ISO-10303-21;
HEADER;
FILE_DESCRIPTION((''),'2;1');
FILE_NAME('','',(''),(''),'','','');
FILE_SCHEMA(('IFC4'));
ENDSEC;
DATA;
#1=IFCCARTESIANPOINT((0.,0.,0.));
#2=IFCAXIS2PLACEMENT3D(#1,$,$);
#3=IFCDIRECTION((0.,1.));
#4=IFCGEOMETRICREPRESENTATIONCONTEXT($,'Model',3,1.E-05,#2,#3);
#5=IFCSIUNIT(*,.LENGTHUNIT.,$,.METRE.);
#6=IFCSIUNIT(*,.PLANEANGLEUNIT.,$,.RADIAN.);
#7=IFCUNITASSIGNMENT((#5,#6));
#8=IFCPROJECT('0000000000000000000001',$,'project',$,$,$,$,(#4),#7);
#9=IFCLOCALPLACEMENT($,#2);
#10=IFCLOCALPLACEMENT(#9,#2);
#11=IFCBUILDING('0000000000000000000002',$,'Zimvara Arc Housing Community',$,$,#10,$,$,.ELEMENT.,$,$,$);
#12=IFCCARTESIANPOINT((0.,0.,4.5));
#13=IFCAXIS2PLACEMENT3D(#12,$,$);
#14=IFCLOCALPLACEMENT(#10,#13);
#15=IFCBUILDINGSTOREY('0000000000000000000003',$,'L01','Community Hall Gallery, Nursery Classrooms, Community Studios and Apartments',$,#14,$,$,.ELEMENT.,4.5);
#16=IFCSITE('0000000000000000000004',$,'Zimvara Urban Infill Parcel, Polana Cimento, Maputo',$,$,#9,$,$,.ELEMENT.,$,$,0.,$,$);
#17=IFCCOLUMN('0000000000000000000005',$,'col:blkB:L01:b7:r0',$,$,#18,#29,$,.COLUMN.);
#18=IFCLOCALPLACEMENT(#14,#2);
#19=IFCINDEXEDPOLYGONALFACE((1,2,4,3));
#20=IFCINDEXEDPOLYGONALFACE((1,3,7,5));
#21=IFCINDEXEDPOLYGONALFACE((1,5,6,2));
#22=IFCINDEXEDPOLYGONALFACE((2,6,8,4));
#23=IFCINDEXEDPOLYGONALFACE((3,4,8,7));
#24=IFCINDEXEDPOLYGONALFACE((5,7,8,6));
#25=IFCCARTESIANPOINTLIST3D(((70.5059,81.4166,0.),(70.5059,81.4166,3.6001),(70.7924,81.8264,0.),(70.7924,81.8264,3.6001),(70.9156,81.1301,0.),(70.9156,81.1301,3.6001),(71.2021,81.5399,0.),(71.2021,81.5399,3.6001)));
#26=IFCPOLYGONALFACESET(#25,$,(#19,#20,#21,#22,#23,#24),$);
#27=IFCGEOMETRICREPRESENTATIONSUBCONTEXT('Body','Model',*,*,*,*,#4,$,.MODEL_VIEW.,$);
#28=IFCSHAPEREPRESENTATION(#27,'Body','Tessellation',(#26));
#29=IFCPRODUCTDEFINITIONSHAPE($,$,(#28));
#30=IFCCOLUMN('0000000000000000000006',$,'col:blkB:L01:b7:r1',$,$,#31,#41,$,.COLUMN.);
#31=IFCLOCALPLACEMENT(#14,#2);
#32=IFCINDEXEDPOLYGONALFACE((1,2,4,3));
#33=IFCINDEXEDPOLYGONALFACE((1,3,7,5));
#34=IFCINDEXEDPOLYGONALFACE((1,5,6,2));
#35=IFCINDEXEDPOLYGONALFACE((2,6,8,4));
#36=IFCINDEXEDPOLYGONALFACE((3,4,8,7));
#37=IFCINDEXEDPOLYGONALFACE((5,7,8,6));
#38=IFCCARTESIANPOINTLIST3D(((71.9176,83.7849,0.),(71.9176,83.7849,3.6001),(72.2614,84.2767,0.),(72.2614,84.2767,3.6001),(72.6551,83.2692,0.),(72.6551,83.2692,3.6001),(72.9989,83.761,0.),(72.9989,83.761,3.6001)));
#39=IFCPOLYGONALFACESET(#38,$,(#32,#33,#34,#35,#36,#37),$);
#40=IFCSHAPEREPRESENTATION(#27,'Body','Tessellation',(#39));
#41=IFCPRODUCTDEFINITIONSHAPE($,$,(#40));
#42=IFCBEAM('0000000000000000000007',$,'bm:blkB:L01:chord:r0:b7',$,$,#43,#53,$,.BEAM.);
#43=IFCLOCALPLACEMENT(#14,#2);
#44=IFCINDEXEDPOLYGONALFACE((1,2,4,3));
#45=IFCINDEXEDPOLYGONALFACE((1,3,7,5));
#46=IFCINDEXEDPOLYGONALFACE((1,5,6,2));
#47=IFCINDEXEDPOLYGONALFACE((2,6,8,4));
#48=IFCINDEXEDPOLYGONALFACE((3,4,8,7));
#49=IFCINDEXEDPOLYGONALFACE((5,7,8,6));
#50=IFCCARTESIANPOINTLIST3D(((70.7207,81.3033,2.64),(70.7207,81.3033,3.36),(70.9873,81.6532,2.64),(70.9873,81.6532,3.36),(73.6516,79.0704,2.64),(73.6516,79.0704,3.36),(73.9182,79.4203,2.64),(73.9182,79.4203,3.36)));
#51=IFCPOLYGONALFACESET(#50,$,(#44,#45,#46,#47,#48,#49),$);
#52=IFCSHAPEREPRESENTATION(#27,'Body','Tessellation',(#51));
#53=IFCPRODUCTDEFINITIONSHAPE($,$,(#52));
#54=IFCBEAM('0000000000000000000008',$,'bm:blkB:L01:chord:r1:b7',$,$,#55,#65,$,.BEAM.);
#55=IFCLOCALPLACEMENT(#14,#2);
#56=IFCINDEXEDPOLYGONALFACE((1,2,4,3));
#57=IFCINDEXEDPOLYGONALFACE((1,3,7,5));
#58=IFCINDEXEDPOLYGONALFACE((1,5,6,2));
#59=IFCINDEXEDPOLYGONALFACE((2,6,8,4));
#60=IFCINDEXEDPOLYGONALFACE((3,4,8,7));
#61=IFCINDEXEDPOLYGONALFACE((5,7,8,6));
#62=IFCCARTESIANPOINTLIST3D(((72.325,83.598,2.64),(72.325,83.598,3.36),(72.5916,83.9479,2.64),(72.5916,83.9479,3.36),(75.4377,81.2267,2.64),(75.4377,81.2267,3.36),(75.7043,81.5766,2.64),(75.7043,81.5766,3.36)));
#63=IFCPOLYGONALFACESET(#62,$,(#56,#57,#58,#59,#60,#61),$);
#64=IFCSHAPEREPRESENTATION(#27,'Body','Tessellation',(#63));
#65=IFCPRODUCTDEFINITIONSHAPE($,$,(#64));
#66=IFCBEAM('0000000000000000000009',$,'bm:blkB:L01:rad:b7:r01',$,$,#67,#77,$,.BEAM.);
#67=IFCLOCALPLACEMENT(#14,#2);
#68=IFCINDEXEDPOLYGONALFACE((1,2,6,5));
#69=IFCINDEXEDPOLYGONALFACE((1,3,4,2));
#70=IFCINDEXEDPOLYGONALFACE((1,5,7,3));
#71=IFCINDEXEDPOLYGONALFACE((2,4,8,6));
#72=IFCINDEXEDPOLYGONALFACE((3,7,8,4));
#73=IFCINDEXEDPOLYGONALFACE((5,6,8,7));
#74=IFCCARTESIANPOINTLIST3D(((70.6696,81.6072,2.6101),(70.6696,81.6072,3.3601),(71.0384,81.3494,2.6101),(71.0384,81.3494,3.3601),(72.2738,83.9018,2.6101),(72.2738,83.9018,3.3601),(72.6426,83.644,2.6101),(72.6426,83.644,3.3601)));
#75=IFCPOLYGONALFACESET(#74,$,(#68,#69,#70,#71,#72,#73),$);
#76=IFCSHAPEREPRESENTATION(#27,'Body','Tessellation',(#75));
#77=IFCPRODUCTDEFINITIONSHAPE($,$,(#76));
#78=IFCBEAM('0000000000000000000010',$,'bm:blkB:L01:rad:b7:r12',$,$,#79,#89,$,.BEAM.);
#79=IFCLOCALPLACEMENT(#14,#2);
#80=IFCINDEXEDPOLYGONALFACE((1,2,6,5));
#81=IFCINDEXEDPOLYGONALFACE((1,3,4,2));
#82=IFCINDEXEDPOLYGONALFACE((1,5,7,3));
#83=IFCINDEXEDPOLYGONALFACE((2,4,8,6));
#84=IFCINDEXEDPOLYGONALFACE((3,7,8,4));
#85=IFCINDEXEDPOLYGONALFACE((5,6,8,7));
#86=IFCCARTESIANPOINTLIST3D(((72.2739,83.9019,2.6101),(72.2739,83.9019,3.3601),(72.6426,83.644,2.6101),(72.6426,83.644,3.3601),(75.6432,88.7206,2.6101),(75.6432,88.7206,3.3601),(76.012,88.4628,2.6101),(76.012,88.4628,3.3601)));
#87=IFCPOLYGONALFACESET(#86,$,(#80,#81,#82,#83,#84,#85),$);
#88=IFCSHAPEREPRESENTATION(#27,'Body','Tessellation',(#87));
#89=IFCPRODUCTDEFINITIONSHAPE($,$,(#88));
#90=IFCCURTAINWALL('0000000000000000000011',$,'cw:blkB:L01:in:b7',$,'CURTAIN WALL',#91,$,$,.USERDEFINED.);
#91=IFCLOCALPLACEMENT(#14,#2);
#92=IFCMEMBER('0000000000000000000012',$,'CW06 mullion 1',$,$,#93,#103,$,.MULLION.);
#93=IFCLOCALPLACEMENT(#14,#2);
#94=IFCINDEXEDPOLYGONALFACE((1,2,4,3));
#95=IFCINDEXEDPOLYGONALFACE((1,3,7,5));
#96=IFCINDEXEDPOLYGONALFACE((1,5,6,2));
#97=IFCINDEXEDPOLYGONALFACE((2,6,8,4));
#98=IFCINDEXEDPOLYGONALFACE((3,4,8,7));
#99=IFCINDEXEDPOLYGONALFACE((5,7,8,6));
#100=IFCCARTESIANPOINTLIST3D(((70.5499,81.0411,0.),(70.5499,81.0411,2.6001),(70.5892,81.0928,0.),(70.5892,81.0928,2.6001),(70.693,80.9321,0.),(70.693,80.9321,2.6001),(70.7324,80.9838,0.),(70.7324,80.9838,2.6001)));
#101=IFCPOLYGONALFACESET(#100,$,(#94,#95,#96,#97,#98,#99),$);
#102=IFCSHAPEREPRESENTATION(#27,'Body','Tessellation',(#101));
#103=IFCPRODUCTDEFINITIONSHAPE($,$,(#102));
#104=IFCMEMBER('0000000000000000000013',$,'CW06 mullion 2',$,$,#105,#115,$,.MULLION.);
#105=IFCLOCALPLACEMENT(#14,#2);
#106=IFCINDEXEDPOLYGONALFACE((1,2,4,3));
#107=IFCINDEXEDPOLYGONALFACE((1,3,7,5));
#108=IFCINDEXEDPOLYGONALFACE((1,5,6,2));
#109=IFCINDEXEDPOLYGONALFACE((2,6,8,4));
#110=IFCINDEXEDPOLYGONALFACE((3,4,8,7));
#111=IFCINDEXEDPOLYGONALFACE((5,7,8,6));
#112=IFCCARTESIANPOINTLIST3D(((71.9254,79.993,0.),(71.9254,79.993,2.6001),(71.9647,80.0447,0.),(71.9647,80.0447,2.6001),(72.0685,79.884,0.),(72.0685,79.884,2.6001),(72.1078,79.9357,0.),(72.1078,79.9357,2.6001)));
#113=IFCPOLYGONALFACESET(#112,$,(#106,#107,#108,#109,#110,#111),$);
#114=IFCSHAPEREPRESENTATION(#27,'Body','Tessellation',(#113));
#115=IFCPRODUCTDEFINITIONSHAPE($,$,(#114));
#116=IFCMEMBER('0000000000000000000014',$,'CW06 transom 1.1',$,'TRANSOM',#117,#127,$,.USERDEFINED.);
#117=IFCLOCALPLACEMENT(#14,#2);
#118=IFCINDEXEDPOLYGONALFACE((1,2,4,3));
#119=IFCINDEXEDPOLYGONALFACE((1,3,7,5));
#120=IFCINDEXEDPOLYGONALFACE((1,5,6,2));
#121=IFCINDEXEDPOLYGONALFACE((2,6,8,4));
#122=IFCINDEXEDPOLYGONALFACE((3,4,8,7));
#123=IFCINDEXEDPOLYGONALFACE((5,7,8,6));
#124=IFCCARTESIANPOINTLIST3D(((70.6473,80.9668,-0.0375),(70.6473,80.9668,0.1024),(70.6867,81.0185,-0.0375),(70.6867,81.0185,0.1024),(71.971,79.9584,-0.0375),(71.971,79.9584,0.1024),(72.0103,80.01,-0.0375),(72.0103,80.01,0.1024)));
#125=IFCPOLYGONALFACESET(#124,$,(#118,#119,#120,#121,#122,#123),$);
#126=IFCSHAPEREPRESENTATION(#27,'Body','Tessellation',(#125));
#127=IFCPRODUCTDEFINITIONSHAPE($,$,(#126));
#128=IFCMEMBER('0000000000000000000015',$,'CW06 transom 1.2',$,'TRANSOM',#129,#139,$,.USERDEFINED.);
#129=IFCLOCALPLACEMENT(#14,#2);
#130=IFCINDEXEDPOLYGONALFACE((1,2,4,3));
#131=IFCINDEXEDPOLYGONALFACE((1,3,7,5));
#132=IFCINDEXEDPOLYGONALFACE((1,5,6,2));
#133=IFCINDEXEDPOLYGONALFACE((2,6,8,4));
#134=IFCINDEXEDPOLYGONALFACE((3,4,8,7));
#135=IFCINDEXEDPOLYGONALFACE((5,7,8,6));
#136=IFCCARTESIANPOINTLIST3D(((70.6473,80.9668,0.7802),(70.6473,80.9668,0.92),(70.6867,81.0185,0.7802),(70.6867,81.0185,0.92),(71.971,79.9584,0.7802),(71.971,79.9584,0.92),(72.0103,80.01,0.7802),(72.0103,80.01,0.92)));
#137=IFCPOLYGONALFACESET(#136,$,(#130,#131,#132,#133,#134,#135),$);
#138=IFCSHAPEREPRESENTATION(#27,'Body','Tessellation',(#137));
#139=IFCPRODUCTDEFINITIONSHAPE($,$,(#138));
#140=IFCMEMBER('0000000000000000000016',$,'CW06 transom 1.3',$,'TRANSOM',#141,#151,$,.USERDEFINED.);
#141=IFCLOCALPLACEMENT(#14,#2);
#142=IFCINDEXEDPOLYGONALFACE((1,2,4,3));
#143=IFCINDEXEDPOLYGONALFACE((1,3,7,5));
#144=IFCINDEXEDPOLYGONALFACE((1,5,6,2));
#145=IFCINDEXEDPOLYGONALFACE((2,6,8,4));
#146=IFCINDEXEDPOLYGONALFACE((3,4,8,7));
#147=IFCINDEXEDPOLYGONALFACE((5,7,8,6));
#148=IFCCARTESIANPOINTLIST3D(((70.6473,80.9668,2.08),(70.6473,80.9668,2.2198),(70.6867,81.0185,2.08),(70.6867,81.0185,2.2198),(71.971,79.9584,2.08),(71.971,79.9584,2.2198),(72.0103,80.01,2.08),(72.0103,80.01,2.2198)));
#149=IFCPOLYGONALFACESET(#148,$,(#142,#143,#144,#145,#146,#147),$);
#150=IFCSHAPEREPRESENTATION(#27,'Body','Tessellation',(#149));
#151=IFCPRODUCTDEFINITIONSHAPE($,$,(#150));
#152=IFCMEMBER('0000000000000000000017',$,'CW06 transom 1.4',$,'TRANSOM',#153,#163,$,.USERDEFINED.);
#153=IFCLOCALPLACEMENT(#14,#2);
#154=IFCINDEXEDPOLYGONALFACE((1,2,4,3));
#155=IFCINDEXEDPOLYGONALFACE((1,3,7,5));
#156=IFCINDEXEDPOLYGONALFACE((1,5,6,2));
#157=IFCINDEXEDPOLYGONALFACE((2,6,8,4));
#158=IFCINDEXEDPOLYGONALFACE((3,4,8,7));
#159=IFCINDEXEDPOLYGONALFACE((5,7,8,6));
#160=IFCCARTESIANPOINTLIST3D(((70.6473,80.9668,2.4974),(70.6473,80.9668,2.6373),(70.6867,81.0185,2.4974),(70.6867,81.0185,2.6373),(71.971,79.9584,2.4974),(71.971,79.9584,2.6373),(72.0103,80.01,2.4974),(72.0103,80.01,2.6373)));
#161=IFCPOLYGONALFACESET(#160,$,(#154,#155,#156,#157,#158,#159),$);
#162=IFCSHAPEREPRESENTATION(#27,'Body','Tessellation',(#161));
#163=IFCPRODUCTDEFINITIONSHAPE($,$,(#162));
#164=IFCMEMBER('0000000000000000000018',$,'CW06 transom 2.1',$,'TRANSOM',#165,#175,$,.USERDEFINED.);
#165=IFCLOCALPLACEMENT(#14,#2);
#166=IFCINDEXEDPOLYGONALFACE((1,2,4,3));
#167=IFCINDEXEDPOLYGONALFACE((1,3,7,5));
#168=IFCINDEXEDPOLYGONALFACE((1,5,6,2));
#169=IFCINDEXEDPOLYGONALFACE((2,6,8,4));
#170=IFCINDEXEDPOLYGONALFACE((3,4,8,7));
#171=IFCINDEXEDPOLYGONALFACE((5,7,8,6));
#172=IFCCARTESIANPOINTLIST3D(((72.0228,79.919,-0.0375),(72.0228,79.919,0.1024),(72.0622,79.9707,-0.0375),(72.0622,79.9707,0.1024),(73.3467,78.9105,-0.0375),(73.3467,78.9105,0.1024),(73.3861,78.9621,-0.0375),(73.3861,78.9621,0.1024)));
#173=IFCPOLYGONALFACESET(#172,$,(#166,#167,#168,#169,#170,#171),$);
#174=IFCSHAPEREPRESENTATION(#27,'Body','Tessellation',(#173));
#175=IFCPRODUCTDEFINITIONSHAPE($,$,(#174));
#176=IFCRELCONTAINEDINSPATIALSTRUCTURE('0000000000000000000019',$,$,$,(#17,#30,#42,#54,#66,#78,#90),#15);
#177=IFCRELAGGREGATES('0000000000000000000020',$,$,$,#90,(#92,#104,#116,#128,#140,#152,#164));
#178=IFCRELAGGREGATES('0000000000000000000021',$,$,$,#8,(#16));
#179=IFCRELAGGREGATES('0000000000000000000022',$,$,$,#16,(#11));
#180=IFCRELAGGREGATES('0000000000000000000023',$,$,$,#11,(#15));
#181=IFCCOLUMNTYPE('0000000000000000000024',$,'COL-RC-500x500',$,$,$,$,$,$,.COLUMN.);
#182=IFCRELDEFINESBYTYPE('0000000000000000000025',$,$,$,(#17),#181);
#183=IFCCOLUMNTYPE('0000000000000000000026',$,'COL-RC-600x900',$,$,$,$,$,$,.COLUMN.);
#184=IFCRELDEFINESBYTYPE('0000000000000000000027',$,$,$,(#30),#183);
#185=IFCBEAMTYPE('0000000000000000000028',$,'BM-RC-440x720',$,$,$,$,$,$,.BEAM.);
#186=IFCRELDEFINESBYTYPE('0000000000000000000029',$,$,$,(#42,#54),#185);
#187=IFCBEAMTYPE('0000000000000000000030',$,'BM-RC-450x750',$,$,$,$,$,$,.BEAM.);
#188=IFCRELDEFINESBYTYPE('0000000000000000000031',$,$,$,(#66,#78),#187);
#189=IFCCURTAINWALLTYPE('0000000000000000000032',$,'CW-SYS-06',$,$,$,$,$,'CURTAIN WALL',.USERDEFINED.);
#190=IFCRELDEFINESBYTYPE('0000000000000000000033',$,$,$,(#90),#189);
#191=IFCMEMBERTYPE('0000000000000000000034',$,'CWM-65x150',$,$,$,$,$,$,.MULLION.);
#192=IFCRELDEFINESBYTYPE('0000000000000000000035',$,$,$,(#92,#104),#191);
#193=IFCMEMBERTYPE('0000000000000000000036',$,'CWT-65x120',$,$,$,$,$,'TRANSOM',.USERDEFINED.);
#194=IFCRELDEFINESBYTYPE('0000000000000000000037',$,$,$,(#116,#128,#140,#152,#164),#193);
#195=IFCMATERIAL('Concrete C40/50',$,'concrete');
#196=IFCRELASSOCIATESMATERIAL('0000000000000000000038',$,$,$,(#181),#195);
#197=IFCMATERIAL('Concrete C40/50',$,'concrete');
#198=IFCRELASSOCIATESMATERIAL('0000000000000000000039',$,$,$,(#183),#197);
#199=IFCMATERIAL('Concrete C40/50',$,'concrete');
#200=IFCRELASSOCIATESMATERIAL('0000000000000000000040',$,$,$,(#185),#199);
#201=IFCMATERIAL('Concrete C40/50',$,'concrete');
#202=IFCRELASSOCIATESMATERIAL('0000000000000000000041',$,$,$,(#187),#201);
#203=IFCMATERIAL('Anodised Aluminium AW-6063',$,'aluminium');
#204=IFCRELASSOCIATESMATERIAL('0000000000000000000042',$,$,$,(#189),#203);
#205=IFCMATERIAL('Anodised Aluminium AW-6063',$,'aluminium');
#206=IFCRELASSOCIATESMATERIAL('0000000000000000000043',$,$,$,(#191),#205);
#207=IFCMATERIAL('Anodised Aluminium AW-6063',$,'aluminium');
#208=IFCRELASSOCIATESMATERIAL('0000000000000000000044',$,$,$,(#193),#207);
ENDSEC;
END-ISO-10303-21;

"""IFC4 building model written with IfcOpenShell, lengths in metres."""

from ifc_helpers import new_model, si_unit, direction, frame, origin, origin_2d, place, context, subcontext, project, spatial, rectangle, extrude, material, material_profile, profile_set, type_object, element, aggregate, save


model = new_model("IFC4")

# Units and contexts
model_context = context("Model", 3, precision=1e-05, world=origin(), true_north=direction((0.0, 1.0)))
body_context = subcontext(model_context, "Body", "Model", "MODEL_VIEW")
ifc_project = project(units=[si_unit("LENGTHUNIT", "METRE"), si_unit("PLANEANGLEUNIT", "RADIAN")], contexts=[model_context])

# Site, building, storey
site_placement = place(None, origin())
site = spatial("IfcSite", under=ifc_project, at=site_placement, Name="Zimvara Urban Infill Parcel, Polana Cimento, Maputo", CompositionType="ELEMENT", RefElevation=0.0)
building_placement = place(site_placement, origin())
building = spatial("IfcBuilding", under=site, at=building_placement, Name="Zimvara Arc Housing Community", CompositionType="ELEMENT")
storey_placement = place(building_placement, frame((0.0, 0.0, 4.5)))
storey = spatial("IfcBuildingStorey", under=building, at=storey_placement, Name="L01", Description="Community Hall Gallery, Nursery Classrooms, Community Studios and Apartments", CompositionType="ELEMENT", Elevation=4.5)

# Columns
ifc_material_1 = material(Name="Concrete C40/50", Category="concrete")
ifc_material_profile_1 = material_profile(ifc_material_1, rectangle(XDim=0.5, YDim=0.5, at=origin_2d()), Name="RC 500x500")
ifc_profile_set_1 = profile_set([ifc_material_profile_1], Name="Concrete C40/50")
column_type_1 = type_object("IfcColumnType", Name="COL-RC-500x500", PredefinedType="COLUMN", material=ifc_profile_set_1)
column_1_placement = place(storey_placement, frame((70.854, 81.4783, 0.0), z_axis=(0.0, 0.0, 1.0), x_axis=(0.573004, 0.819552, 0.0)))
element("IfcColumn", 1, at=column_1_placement, inside=storey, type_object=column_type_1, Name="col:blkB:L01:b7:r0", PredefinedType="COLUMN", context=body_context, shape_type="SweptSolid", body=[
    extrude(rectangle(XDim=0.5, YDim=0.5, at=origin_2d()), origin(), (0.0, 0.0, 1.0), 3.6001),
])
ifc_material_2 = material(Name="Concrete C40/50", Category="concrete")
ifc_material_profile_2 = material_profile(ifc_material_2, rectangle(XDim=0.6001, YDim=0.8999, at=origin_2d()), Name="RC 600x900")
ifc_profile_set_2 = profile_set([ifc_material_profile_2], Name="Concrete C40/50")
column_type_2 = type_object("IfcColumnType", Name="COL-RC-600x900", PredefinedType="COLUMN", material=ifc_profile_set_2)
column_2_placement = place(storey_placement, frame((72.4583, 83.7729, 0.0), z_axis=(0.0, 0.0, 1.0), x_axis=(0.573004, 0.819552, 0.0)))
element("IfcColumn", 2, at=column_2_placement, inside=storey, type_object=column_type_2, Name="col:blkB:L01:b7:r1", PredefinedType="COLUMN", context=body_context, shape_type="SweptSolid", body=[
    extrude(rectangle(XDim=0.6001, YDim=0.8999, at=origin_2d()), origin(), (0.0, 0.0, 1.0), 3.6001),
])

# Beams
ifc_material_3 = material(Name="Concrete C40/50", Category="concrete")
ifc_material_profile_3 = material_profile(ifc_material_3, rectangle(XDim=0.4399, YDim=0.72, at=origin_2d()), Name="RC 440x720")
ifc_profile_set_3 = profile_set([ifc_material_profile_3], Name="Concrete C40/50")
beam_type_1 = type_object("IfcBeamType", Name="BM-RC-440x720", PredefinedType="BEAM", material=ifc_profile_set_3)
beam_1_placement = place(storey_placement, frame((70.854, 81.4783, 3.0), z_axis=(0.795453, -0.606015, 0.0), x_axis=(0.606015, 0.795453, 0.0)))
element("IfcBeam", 3, at=beam_1_placement, inside=storey, type_object=beam_type_1, Name="bm:blkB:L01:chord:r0:b7", PredefinedType="BEAM", context=body_context, shape_type="SweptSolid", body=[
    extrude(rectangle(XDim=0.4399, YDim=0.72, at=origin_2d()), origin(), (0.0, 0.0, 1.0), 3.6846),
])
beam_2_placement = place(storey_placement, frame((72.4583, 83.7729, 3.0), z_axis=(0.79547, -0.605992, 0.0), x_axis=(0.605992, 0.79547, 0.0)))
element("IfcBeam", 4, at=beam_2_placement, inside=storey, type_object=beam_type_1, Name="bm:blkB:L01:chord:r1:b7", PredefinedType="BEAM", context=body_context, shape_type="SweptSolid", body=[
    extrude(rectangle(XDim=0.4399, YDim=0.72, at=origin_2d()), origin(), (0.0, 0.0, 1.0), 3.9131),
])
ifc_material_4 = material(Name="Concrete C40/50", Category="concrete")
ifc_material_profile_4 = material_profile(ifc_material_4, rectangle(XDim=0.45, YDim=0.75, at=origin_2d()), Name="RC 450x750")
ifc_profile_set_4 = profile_set([ifc_material_profile_4], Name="Concrete C40/50")
beam_type_2 = type_object("IfcBeamType", Name="BM-RC-450x750", PredefinedType="BEAM", material=ifc_profile_set_4)
beam_3_placement = place(storey_placement, frame((70.854, 81.4783, 2.9851), z_axis=(0.572977, 0.819572, 0.0), x_axis=(-0.819572, 0.572977, 0.0)))
element("IfcBeam", 5, at=beam_3_placement, inside=storey, type_object=beam_type_2, Name="bm:blkB:L01:rad:b7:r01", PredefinedType="BEAM", context=body_context, shape_type="SweptSolid", body=[
    extrude(rectangle(XDim=0.45, YDim=0.75, at=origin_2d()), origin(), (0.0, 0.0, 1.0), 2.7998),
])
beam_4_placement = place(storey_placement, frame((72.4583, 83.7729, 2.9851), z_axis=(0.573028, 0.819536, 0.0), x_axis=(-0.819536, 0.573028, 0.0)))
element("IfcBeam", 6, at=beam_4_placement, inside=storey, type_object=beam_type_2, Name="bm:blkB:L01:rad:b7:r12", PredefinedType="BEAM", context=body_context, shape_type="SweptSolid", body=[
    extrude(rectangle(XDim=0.45, YDim=0.75, at=origin_2d()), origin(), (0.0, 0.0, 1.0), 5.8799),
])

# Curtain wall, members
ifc_material_5 = material(Name="Anodised Aluminium AW-6063", Category="aluminium")
curtain_wall_type = type_object("IfcCurtainWallType", Name="CW-SYS-06", ElementType="CURTAIN WALL", PredefinedType="USERDEFINED", material=ifc_material_5)
curtain_wall_placement = place(storey_placement, origin())
curtain_wall = element("IfcCurtainWall", 7, at=curtain_wall_placement, inside=storey, type_object=curtain_wall_type, Name="cw:blkB:L01:in:b7", ObjectType="CURTAIN WALL", PredefinedType="USERDEFINED")
ifc_material_6 = material(Name="Anodised Aluminium AW-6063", Category="aluminium")
ifc_material_profile_5 = material_profile(ifc_material_6, rectangle(XDim=0.0649, YDim=0.1799, at=origin_2d()), Name="ALU 65x180")
ifc_profile_set_5 = profile_set([ifc_material_profile_5], Name="Anodised Aluminium AW-6063")
member_type_1 = type_object("IfcMemberType", Name="CWM-65x150", PredefinedType="MULLION", material=ifc_profile_set_5)
member_1_placement = place(storey_placement, frame((70.6411, 81.0125, 0.0), z_axis=(0.0, 0.0, 1.0), x_axis=(0.605988, 0.795474, 0.0)))
member_1 = element("IfcMember", 8, at=member_1_placement, type_object=member_type_1, Name="CW06 mullion 1", PredefinedType="MULLION", context=body_context, shape_type="SweptSolid", body=[
    extrude(rectangle(XDim=0.0649, YDim=0.1799, at=origin_2d()), origin(), (0.0, 0.0, 1.0), 2.6001),
])
member_2_placement = place(storey_placement, frame((72.0166, 79.9644, 0.0), z_axis=(0.0, 0.0, 1.0), x_axis=(0.605988, 0.795474, 0.0)))
member_2 = element("IfcMember", 9, at=member_2_placement, type_object=member_type_1, Name="CW06 mullion 2", PredefinedType="MULLION", context=body_context, shape_type="SweptSolid", body=[
    extrude(rectangle(XDim=0.0649, YDim=0.1799, at=origin_2d()), origin(), (0.0, 0.0, 1.0), 2.6001),
])
ifc_material_7 = material(Name="Anodised Aluminium AW-6063", Category="aluminium")
ifc_material_profile_6 = material_profile(ifc_material_7, rectangle(XDim=0.0649, YDim=0.1399, at=origin_2d()), Name="ALU 65x140")
ifc_profile_set_6 = profile_set([ifc_material_profile_6], Name="Anodised Aluminium AW-6063")
member_type_2 = type_object("IfcMemberType", Name="CWT-65x120", ElementType="TRANSOM", PredefinedType="USERDEFINED", material=ifc_profile_set_6)
member_3_placement = place(storey_placement, frame((70.667, 80.9927, 0.0325), z_axis=(0.795435, -0.606039, 0.0), x_axis=(0.606039, 0.795435, 0.0)))
member_3 = element("IfcMember", 10, at=member_3_placement, type_object=member_type_2, Name="CW06 transom 1.1", ObjectType="TRANSOM", PredefinedType="USERDEFINED", context=body_context, shape_type="SweptSolid", body=[
    extrude(rectangle(XDim=0.0649, YDim=0.1399, at=origin_2d()), origin(), (0.0, 0.0, 1.0), 1.6641),
])
member_4_placement = place(storey_placement, frame((70.667, 80.9927, 0.8501), z_axis=(0.795435, -0.606039, 0.0), x_axis=(0.606039, 0.795435, 0.0)))
member_4 = element("IfcMember", 11, at=member_4_placement, type_object=member_type_2, Name="CW06 transom 1.2", ObjectType="TRANSOM", PredefinedType="USERDEFINED", context=body_context, shape_type="SweptSolid", body=[
    extrude(rectangle(XDim=0.0649, YDim=0.1399, at=origin_2d()), origin(), (0.0, 0.0, 1.0), 1.6641),
])
member_5_placement = place(storey_placement, frame((70.667, 80.9927, 2.1499), z_axis=(0.795435, -0.606039, 0.0), x_axis=(0.606039, 0.795435, 0.0)))
member_5 = element("IfcMember", 12, at=member_5_placement, type_object=member_type_2, Name="CW06 transom 1.3", ObjectType="TRANSOM", PredefinedType="USERDEFINED", context=body_context, shape_type="SweptSolid", body=[
    extrude(rectangle(XDim=0.0649, YDim=0.1399, at=origin_2d()), origin(), (0.0, 0.0, 1.0), 1.6641),
])
member_6_placement = place(storey_placement, frame((70.667, 80.9927, 2.5674), z_axis=(0.795435, -0.606039, 0.0), x_axis=(0.606039, 0.795435, 0.0)))
member_6 = element("IfcMember", 13, at=member_6_placement, type_object=member_type_2, Name="CW06 transom 1.4", ObjectType="TRANSOM", PredefinedType="USERDEFINED", context=body_context, shape_type="SweptSolid", body=[
    extrude(rectangle(XDim=0.0649, YDim=0.1399, at=origin_2d()), origin(), (0.0, 0.0, 1.0), 1.6641),
])
member_7_placement = place(storey_placement, frame((72.0425, 79.9448, 0.0325), z_axis=(0.795489, -0.605968, 0.0), x_axis=(0.605968, 0.795489, 0.0)))
member_7 = element("IfcMember", 14, at=member_7_placement, type_object=member_type_2, Name="CW06 transom 2.1", ObjectType="TRANSOM", PredefinedType="USERDEFINED", context=body_context, shape_type="SweptSolid", body=[
    extrude(rectangle(XDim=0.0649, YDim=0.1399, at=origin_2d()), origin(), (0.0, 0.0, 1.0), 1.6643),
])
aggregate(curtain_wall, [member_1, member_2, member_3, member_4, member_5, member_6, member_7])

save(model, "model.ifc")
